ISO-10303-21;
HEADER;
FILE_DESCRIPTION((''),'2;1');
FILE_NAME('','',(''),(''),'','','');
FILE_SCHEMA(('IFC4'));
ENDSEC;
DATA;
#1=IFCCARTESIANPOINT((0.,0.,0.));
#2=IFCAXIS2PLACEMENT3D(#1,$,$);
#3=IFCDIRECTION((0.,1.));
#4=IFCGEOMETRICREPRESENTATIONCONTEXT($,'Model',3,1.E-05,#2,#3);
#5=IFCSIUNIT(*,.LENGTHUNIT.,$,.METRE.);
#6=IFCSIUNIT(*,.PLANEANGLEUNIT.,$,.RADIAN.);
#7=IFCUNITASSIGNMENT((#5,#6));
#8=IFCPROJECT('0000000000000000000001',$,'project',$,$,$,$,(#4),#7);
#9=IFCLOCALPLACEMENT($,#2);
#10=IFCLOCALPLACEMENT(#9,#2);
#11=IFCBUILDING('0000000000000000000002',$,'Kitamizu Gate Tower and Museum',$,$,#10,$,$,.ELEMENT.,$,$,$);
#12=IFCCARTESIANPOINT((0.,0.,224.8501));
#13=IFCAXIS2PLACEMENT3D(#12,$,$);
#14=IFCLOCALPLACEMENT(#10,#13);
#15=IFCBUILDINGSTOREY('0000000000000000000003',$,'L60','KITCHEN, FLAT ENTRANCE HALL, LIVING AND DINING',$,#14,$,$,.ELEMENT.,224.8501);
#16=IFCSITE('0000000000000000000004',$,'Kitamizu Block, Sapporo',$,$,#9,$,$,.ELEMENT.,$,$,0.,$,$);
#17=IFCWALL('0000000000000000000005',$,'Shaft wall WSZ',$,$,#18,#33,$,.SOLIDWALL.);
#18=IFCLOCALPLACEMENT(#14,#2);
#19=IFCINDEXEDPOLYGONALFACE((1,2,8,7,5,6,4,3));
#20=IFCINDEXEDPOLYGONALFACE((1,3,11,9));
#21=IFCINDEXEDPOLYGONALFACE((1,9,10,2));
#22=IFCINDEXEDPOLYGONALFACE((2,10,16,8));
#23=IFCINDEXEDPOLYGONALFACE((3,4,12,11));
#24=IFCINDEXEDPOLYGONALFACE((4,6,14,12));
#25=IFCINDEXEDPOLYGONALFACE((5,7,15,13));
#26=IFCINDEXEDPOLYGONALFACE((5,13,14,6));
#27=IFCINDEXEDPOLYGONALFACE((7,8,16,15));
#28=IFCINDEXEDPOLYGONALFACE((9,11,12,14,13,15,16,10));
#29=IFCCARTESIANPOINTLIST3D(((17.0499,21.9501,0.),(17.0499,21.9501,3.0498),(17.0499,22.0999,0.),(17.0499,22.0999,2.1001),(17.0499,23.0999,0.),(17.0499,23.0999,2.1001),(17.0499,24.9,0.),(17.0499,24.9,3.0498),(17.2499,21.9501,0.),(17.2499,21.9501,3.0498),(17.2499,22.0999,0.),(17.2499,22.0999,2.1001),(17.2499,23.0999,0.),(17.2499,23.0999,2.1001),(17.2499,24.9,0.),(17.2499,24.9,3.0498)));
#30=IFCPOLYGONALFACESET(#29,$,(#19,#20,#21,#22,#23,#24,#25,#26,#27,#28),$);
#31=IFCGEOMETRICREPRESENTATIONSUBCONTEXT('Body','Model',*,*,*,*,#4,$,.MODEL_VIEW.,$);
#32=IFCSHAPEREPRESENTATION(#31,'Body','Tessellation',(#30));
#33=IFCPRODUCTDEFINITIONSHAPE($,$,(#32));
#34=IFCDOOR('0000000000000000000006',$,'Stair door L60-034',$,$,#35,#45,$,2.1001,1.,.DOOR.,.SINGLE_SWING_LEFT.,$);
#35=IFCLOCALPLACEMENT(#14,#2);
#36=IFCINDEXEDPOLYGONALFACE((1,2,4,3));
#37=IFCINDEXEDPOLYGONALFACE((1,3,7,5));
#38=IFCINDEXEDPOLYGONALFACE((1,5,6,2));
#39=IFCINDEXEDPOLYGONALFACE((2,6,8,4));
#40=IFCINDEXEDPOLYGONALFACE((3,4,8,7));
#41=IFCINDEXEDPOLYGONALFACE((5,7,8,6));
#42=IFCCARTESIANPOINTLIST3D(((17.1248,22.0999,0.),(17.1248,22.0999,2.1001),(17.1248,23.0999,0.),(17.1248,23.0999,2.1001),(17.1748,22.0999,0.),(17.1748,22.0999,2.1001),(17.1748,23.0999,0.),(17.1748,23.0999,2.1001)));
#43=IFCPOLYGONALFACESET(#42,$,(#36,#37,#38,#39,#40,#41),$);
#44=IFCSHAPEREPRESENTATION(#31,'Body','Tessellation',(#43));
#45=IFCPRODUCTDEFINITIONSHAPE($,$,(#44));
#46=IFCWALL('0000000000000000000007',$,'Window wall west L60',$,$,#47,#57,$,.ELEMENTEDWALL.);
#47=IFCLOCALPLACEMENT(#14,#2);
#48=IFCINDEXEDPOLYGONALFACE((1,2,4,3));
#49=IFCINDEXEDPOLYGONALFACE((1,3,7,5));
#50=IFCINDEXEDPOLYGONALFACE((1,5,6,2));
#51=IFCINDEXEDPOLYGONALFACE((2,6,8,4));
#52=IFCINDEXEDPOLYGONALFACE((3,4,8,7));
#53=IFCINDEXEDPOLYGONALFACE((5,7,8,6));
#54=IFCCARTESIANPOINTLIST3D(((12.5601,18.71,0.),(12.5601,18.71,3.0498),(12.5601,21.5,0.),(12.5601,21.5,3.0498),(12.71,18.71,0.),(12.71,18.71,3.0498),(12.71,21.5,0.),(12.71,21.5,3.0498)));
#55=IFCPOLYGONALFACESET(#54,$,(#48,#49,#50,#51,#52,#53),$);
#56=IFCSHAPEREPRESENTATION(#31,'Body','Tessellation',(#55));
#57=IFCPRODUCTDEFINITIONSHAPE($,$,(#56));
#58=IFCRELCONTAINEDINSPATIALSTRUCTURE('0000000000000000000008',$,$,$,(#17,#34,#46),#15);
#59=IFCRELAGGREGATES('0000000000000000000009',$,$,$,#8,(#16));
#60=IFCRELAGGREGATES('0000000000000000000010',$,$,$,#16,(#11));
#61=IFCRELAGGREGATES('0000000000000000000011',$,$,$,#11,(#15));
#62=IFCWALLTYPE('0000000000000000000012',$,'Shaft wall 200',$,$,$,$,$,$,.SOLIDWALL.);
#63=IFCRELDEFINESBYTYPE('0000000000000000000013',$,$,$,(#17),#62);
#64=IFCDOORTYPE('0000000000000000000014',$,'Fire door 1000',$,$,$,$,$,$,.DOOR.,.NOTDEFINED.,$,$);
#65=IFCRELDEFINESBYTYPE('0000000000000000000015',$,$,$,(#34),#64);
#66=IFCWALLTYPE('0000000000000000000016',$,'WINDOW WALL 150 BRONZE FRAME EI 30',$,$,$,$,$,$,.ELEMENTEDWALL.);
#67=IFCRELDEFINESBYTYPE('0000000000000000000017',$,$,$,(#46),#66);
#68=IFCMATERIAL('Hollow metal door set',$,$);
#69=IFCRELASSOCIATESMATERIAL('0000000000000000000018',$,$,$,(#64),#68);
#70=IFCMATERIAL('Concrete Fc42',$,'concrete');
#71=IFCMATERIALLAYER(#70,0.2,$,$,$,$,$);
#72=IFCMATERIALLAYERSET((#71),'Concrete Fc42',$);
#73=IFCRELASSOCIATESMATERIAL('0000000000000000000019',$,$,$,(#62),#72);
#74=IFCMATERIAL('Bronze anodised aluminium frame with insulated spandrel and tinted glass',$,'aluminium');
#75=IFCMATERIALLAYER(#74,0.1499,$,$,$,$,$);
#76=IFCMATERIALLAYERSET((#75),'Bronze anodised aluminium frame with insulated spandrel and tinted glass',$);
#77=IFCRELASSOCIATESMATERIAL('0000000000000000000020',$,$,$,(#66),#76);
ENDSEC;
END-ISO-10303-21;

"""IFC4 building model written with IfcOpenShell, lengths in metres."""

from ifc_helpers import new_model, si_unit, direction, frame, frame_2d, origin, place, context, subcontext, project, spatial, rectangle, extrude, material, layer, layer_set, type_object, element, fill, save


model = new_model("IFC4")

# Units and contexts
model_context = context("Model", 3, precision=1e-05, world=origin(), true_north=direction((0.0, 1.0)))
body_context = subcontext(model_context, "Body", "Model", "MODEL_VIEW")
ifc_project = project(units=[si_unit("LENGTHUNIT", "METRE"), si_unit("PLANEANGLEUNIT", "RADIAN")], contexts=[model_context])

# Site, building, storey
site_placement = place(None, origin())
site = spatial("IfcSite", under=ifc_project, at=site_placement, Name="Kitamizu Block, Sapporo", CompositionType="ELEMENT", RefElevation=0.0)
building_placement = place(site_placement, origin())
building = spatial("IfcBuilding", under=site, at=building_placement, Name="Kitamizu Gate Tower and Museum", CompositionType="ELEMENT")
storey_placement = place(building_placement, frame((0.0, 0.0, 224.8501)))
storey = spatial("IfcBuildingStorey", under=building, at=storey_placement, Name="L60", Description="KITCHEN, FLAT ENTRANCE HALL, LIVING AND DINING", CompositionType="ELEMENT", Elevation=224.8501)

# Shared definitions
ifc_material_1 = material(Name="Hollow metal door set")
door_type_1 = type_object("IfcDoorType", Name="Fire door 1000", OperationType="NOTDEFINED", PredefinedType="DOOR", material=ifc_material_1)

# Shared definitions
ifc_material_2 = material(Name="Concrete Fc42", Category="concrete")
ifc_layer_1 = layer(ifc_material_2, 0.2)
ifc_layer_set_1 = layer_set([ifc_layer_1], Name="Concrete Fc42")
wall_type_1 = type_object("IfcWallType", Name="Shaft wall 200", PredefinedType="SOLIDWALL", material=ifc_layer_set_1)

# Wall, opening, door
wall_1_placement = place(storey_placement, frame((17.1499, 21.95, 0.0), z_axis=(0.0, 0.0, 1.0), x_axis=(0.0, 1.0, 0.0)))
wall_1 = element("IfcWall", 1, at=wall_1_placement, inside=storey, type_object=wall_type_1, Name="Shaft wall WSZ", PredefinedType="SOLIDWALL", context=body_context, shape_type="SweptSolid", body=[
    extrude(rectangle(XDim=2.95, YDim=0.2, at=frame_2d((1.4751, 0.0))), origin(), (0.0, 0.0, 1.0), 3.0498),
])
opening_1_placement = place(wall_1_placement, frame((0.1499, 0.0, 0.0)))
opening_1 = element("IfcOpeningElement", 2, at=opening_1_placement, cuts=wall_1, PredefinedType="OPENING", context=body_context, shape_type="SweptSolid", body=[
    extrude(rectangle(XDim=1.0, YDim=2.1001, at=frame_2d((0.5, 1.05))), frame((0.0, 0.1099, 0.0), z_axis=(0.0, -1.0, 0.0), x_axis=(1.0, 0.0, 0.0)), (0.0, 0.0, 1.0), 0.22),
])
door_1_placement = place(opening_1_placement, frame((1.0, 0.0, 0.0), x_axis=(-1.0, 0.0, 0.0)))
door_1 = element("IfcDoor", 3, at=door_1_placement, inside=storey, type_object=door_type_1, Name="Stair door L60-034", OperationType="SINGLE_SWING_LEFT", OverallHeight=2.1001, OverallWidth=1.0, PredefinedType="DOOR", context=body_context, shape_type="SweptSolid", body=[
    extrude(rectangle(XDim=1.0, YDim=2.1001, at=frame_2d((0.5, 1.05))), frame((0.0, 0.0249, 0.0), z_axis=(0.0, -1.0, 0.0), x_axis=(1.0, 0.0, 0.0)), (0.0, 0.0, 1.0), 0.05),
])
fill(opening_1, door_1)

# Wall
ifc_material_3 = material(Name="Bronze anodised aluminium frame with insulated spandrel and tinted glass", Category="aluminium")
ifc_layer_2 = layer(ifc_material_3, 0.1499)
ifc_layer_set_2 = layer_set([ifc_layer_2], Name="Bronze anodised aluminium frame with insulated spandrel and tinted glass")
wall_type_2 = type_object("IfcWallType", Name="WINDOW WALL 150 BRONZE FRAME EI 30", PredefinedType="ELEMENTEDWALL", material=ifc_layer_set_2)
wall_2_placement = place(storey_placement, frame((12.635, 18.71, 0.0), z_axis=(0.0, 0.0, 1.0), x_axis=(0.0, 1.0, 0.0)))
element("IfcWall", 4, at=wall_2_placement, inside=storey, type_object=wall_type_2, Name="Window wall west L60", PredefinedType="ELEMENTEDWALL", context=body_context, shape_type="SweptSolid", body=[
    extrude(rectangle(XDim=2.79, YDim=0.1499, at=frame_2d((1.395, 0.0))), origin(), (0.0, 0.0, 1.0), 3.0498),
])

save(model, "model.ifc")
